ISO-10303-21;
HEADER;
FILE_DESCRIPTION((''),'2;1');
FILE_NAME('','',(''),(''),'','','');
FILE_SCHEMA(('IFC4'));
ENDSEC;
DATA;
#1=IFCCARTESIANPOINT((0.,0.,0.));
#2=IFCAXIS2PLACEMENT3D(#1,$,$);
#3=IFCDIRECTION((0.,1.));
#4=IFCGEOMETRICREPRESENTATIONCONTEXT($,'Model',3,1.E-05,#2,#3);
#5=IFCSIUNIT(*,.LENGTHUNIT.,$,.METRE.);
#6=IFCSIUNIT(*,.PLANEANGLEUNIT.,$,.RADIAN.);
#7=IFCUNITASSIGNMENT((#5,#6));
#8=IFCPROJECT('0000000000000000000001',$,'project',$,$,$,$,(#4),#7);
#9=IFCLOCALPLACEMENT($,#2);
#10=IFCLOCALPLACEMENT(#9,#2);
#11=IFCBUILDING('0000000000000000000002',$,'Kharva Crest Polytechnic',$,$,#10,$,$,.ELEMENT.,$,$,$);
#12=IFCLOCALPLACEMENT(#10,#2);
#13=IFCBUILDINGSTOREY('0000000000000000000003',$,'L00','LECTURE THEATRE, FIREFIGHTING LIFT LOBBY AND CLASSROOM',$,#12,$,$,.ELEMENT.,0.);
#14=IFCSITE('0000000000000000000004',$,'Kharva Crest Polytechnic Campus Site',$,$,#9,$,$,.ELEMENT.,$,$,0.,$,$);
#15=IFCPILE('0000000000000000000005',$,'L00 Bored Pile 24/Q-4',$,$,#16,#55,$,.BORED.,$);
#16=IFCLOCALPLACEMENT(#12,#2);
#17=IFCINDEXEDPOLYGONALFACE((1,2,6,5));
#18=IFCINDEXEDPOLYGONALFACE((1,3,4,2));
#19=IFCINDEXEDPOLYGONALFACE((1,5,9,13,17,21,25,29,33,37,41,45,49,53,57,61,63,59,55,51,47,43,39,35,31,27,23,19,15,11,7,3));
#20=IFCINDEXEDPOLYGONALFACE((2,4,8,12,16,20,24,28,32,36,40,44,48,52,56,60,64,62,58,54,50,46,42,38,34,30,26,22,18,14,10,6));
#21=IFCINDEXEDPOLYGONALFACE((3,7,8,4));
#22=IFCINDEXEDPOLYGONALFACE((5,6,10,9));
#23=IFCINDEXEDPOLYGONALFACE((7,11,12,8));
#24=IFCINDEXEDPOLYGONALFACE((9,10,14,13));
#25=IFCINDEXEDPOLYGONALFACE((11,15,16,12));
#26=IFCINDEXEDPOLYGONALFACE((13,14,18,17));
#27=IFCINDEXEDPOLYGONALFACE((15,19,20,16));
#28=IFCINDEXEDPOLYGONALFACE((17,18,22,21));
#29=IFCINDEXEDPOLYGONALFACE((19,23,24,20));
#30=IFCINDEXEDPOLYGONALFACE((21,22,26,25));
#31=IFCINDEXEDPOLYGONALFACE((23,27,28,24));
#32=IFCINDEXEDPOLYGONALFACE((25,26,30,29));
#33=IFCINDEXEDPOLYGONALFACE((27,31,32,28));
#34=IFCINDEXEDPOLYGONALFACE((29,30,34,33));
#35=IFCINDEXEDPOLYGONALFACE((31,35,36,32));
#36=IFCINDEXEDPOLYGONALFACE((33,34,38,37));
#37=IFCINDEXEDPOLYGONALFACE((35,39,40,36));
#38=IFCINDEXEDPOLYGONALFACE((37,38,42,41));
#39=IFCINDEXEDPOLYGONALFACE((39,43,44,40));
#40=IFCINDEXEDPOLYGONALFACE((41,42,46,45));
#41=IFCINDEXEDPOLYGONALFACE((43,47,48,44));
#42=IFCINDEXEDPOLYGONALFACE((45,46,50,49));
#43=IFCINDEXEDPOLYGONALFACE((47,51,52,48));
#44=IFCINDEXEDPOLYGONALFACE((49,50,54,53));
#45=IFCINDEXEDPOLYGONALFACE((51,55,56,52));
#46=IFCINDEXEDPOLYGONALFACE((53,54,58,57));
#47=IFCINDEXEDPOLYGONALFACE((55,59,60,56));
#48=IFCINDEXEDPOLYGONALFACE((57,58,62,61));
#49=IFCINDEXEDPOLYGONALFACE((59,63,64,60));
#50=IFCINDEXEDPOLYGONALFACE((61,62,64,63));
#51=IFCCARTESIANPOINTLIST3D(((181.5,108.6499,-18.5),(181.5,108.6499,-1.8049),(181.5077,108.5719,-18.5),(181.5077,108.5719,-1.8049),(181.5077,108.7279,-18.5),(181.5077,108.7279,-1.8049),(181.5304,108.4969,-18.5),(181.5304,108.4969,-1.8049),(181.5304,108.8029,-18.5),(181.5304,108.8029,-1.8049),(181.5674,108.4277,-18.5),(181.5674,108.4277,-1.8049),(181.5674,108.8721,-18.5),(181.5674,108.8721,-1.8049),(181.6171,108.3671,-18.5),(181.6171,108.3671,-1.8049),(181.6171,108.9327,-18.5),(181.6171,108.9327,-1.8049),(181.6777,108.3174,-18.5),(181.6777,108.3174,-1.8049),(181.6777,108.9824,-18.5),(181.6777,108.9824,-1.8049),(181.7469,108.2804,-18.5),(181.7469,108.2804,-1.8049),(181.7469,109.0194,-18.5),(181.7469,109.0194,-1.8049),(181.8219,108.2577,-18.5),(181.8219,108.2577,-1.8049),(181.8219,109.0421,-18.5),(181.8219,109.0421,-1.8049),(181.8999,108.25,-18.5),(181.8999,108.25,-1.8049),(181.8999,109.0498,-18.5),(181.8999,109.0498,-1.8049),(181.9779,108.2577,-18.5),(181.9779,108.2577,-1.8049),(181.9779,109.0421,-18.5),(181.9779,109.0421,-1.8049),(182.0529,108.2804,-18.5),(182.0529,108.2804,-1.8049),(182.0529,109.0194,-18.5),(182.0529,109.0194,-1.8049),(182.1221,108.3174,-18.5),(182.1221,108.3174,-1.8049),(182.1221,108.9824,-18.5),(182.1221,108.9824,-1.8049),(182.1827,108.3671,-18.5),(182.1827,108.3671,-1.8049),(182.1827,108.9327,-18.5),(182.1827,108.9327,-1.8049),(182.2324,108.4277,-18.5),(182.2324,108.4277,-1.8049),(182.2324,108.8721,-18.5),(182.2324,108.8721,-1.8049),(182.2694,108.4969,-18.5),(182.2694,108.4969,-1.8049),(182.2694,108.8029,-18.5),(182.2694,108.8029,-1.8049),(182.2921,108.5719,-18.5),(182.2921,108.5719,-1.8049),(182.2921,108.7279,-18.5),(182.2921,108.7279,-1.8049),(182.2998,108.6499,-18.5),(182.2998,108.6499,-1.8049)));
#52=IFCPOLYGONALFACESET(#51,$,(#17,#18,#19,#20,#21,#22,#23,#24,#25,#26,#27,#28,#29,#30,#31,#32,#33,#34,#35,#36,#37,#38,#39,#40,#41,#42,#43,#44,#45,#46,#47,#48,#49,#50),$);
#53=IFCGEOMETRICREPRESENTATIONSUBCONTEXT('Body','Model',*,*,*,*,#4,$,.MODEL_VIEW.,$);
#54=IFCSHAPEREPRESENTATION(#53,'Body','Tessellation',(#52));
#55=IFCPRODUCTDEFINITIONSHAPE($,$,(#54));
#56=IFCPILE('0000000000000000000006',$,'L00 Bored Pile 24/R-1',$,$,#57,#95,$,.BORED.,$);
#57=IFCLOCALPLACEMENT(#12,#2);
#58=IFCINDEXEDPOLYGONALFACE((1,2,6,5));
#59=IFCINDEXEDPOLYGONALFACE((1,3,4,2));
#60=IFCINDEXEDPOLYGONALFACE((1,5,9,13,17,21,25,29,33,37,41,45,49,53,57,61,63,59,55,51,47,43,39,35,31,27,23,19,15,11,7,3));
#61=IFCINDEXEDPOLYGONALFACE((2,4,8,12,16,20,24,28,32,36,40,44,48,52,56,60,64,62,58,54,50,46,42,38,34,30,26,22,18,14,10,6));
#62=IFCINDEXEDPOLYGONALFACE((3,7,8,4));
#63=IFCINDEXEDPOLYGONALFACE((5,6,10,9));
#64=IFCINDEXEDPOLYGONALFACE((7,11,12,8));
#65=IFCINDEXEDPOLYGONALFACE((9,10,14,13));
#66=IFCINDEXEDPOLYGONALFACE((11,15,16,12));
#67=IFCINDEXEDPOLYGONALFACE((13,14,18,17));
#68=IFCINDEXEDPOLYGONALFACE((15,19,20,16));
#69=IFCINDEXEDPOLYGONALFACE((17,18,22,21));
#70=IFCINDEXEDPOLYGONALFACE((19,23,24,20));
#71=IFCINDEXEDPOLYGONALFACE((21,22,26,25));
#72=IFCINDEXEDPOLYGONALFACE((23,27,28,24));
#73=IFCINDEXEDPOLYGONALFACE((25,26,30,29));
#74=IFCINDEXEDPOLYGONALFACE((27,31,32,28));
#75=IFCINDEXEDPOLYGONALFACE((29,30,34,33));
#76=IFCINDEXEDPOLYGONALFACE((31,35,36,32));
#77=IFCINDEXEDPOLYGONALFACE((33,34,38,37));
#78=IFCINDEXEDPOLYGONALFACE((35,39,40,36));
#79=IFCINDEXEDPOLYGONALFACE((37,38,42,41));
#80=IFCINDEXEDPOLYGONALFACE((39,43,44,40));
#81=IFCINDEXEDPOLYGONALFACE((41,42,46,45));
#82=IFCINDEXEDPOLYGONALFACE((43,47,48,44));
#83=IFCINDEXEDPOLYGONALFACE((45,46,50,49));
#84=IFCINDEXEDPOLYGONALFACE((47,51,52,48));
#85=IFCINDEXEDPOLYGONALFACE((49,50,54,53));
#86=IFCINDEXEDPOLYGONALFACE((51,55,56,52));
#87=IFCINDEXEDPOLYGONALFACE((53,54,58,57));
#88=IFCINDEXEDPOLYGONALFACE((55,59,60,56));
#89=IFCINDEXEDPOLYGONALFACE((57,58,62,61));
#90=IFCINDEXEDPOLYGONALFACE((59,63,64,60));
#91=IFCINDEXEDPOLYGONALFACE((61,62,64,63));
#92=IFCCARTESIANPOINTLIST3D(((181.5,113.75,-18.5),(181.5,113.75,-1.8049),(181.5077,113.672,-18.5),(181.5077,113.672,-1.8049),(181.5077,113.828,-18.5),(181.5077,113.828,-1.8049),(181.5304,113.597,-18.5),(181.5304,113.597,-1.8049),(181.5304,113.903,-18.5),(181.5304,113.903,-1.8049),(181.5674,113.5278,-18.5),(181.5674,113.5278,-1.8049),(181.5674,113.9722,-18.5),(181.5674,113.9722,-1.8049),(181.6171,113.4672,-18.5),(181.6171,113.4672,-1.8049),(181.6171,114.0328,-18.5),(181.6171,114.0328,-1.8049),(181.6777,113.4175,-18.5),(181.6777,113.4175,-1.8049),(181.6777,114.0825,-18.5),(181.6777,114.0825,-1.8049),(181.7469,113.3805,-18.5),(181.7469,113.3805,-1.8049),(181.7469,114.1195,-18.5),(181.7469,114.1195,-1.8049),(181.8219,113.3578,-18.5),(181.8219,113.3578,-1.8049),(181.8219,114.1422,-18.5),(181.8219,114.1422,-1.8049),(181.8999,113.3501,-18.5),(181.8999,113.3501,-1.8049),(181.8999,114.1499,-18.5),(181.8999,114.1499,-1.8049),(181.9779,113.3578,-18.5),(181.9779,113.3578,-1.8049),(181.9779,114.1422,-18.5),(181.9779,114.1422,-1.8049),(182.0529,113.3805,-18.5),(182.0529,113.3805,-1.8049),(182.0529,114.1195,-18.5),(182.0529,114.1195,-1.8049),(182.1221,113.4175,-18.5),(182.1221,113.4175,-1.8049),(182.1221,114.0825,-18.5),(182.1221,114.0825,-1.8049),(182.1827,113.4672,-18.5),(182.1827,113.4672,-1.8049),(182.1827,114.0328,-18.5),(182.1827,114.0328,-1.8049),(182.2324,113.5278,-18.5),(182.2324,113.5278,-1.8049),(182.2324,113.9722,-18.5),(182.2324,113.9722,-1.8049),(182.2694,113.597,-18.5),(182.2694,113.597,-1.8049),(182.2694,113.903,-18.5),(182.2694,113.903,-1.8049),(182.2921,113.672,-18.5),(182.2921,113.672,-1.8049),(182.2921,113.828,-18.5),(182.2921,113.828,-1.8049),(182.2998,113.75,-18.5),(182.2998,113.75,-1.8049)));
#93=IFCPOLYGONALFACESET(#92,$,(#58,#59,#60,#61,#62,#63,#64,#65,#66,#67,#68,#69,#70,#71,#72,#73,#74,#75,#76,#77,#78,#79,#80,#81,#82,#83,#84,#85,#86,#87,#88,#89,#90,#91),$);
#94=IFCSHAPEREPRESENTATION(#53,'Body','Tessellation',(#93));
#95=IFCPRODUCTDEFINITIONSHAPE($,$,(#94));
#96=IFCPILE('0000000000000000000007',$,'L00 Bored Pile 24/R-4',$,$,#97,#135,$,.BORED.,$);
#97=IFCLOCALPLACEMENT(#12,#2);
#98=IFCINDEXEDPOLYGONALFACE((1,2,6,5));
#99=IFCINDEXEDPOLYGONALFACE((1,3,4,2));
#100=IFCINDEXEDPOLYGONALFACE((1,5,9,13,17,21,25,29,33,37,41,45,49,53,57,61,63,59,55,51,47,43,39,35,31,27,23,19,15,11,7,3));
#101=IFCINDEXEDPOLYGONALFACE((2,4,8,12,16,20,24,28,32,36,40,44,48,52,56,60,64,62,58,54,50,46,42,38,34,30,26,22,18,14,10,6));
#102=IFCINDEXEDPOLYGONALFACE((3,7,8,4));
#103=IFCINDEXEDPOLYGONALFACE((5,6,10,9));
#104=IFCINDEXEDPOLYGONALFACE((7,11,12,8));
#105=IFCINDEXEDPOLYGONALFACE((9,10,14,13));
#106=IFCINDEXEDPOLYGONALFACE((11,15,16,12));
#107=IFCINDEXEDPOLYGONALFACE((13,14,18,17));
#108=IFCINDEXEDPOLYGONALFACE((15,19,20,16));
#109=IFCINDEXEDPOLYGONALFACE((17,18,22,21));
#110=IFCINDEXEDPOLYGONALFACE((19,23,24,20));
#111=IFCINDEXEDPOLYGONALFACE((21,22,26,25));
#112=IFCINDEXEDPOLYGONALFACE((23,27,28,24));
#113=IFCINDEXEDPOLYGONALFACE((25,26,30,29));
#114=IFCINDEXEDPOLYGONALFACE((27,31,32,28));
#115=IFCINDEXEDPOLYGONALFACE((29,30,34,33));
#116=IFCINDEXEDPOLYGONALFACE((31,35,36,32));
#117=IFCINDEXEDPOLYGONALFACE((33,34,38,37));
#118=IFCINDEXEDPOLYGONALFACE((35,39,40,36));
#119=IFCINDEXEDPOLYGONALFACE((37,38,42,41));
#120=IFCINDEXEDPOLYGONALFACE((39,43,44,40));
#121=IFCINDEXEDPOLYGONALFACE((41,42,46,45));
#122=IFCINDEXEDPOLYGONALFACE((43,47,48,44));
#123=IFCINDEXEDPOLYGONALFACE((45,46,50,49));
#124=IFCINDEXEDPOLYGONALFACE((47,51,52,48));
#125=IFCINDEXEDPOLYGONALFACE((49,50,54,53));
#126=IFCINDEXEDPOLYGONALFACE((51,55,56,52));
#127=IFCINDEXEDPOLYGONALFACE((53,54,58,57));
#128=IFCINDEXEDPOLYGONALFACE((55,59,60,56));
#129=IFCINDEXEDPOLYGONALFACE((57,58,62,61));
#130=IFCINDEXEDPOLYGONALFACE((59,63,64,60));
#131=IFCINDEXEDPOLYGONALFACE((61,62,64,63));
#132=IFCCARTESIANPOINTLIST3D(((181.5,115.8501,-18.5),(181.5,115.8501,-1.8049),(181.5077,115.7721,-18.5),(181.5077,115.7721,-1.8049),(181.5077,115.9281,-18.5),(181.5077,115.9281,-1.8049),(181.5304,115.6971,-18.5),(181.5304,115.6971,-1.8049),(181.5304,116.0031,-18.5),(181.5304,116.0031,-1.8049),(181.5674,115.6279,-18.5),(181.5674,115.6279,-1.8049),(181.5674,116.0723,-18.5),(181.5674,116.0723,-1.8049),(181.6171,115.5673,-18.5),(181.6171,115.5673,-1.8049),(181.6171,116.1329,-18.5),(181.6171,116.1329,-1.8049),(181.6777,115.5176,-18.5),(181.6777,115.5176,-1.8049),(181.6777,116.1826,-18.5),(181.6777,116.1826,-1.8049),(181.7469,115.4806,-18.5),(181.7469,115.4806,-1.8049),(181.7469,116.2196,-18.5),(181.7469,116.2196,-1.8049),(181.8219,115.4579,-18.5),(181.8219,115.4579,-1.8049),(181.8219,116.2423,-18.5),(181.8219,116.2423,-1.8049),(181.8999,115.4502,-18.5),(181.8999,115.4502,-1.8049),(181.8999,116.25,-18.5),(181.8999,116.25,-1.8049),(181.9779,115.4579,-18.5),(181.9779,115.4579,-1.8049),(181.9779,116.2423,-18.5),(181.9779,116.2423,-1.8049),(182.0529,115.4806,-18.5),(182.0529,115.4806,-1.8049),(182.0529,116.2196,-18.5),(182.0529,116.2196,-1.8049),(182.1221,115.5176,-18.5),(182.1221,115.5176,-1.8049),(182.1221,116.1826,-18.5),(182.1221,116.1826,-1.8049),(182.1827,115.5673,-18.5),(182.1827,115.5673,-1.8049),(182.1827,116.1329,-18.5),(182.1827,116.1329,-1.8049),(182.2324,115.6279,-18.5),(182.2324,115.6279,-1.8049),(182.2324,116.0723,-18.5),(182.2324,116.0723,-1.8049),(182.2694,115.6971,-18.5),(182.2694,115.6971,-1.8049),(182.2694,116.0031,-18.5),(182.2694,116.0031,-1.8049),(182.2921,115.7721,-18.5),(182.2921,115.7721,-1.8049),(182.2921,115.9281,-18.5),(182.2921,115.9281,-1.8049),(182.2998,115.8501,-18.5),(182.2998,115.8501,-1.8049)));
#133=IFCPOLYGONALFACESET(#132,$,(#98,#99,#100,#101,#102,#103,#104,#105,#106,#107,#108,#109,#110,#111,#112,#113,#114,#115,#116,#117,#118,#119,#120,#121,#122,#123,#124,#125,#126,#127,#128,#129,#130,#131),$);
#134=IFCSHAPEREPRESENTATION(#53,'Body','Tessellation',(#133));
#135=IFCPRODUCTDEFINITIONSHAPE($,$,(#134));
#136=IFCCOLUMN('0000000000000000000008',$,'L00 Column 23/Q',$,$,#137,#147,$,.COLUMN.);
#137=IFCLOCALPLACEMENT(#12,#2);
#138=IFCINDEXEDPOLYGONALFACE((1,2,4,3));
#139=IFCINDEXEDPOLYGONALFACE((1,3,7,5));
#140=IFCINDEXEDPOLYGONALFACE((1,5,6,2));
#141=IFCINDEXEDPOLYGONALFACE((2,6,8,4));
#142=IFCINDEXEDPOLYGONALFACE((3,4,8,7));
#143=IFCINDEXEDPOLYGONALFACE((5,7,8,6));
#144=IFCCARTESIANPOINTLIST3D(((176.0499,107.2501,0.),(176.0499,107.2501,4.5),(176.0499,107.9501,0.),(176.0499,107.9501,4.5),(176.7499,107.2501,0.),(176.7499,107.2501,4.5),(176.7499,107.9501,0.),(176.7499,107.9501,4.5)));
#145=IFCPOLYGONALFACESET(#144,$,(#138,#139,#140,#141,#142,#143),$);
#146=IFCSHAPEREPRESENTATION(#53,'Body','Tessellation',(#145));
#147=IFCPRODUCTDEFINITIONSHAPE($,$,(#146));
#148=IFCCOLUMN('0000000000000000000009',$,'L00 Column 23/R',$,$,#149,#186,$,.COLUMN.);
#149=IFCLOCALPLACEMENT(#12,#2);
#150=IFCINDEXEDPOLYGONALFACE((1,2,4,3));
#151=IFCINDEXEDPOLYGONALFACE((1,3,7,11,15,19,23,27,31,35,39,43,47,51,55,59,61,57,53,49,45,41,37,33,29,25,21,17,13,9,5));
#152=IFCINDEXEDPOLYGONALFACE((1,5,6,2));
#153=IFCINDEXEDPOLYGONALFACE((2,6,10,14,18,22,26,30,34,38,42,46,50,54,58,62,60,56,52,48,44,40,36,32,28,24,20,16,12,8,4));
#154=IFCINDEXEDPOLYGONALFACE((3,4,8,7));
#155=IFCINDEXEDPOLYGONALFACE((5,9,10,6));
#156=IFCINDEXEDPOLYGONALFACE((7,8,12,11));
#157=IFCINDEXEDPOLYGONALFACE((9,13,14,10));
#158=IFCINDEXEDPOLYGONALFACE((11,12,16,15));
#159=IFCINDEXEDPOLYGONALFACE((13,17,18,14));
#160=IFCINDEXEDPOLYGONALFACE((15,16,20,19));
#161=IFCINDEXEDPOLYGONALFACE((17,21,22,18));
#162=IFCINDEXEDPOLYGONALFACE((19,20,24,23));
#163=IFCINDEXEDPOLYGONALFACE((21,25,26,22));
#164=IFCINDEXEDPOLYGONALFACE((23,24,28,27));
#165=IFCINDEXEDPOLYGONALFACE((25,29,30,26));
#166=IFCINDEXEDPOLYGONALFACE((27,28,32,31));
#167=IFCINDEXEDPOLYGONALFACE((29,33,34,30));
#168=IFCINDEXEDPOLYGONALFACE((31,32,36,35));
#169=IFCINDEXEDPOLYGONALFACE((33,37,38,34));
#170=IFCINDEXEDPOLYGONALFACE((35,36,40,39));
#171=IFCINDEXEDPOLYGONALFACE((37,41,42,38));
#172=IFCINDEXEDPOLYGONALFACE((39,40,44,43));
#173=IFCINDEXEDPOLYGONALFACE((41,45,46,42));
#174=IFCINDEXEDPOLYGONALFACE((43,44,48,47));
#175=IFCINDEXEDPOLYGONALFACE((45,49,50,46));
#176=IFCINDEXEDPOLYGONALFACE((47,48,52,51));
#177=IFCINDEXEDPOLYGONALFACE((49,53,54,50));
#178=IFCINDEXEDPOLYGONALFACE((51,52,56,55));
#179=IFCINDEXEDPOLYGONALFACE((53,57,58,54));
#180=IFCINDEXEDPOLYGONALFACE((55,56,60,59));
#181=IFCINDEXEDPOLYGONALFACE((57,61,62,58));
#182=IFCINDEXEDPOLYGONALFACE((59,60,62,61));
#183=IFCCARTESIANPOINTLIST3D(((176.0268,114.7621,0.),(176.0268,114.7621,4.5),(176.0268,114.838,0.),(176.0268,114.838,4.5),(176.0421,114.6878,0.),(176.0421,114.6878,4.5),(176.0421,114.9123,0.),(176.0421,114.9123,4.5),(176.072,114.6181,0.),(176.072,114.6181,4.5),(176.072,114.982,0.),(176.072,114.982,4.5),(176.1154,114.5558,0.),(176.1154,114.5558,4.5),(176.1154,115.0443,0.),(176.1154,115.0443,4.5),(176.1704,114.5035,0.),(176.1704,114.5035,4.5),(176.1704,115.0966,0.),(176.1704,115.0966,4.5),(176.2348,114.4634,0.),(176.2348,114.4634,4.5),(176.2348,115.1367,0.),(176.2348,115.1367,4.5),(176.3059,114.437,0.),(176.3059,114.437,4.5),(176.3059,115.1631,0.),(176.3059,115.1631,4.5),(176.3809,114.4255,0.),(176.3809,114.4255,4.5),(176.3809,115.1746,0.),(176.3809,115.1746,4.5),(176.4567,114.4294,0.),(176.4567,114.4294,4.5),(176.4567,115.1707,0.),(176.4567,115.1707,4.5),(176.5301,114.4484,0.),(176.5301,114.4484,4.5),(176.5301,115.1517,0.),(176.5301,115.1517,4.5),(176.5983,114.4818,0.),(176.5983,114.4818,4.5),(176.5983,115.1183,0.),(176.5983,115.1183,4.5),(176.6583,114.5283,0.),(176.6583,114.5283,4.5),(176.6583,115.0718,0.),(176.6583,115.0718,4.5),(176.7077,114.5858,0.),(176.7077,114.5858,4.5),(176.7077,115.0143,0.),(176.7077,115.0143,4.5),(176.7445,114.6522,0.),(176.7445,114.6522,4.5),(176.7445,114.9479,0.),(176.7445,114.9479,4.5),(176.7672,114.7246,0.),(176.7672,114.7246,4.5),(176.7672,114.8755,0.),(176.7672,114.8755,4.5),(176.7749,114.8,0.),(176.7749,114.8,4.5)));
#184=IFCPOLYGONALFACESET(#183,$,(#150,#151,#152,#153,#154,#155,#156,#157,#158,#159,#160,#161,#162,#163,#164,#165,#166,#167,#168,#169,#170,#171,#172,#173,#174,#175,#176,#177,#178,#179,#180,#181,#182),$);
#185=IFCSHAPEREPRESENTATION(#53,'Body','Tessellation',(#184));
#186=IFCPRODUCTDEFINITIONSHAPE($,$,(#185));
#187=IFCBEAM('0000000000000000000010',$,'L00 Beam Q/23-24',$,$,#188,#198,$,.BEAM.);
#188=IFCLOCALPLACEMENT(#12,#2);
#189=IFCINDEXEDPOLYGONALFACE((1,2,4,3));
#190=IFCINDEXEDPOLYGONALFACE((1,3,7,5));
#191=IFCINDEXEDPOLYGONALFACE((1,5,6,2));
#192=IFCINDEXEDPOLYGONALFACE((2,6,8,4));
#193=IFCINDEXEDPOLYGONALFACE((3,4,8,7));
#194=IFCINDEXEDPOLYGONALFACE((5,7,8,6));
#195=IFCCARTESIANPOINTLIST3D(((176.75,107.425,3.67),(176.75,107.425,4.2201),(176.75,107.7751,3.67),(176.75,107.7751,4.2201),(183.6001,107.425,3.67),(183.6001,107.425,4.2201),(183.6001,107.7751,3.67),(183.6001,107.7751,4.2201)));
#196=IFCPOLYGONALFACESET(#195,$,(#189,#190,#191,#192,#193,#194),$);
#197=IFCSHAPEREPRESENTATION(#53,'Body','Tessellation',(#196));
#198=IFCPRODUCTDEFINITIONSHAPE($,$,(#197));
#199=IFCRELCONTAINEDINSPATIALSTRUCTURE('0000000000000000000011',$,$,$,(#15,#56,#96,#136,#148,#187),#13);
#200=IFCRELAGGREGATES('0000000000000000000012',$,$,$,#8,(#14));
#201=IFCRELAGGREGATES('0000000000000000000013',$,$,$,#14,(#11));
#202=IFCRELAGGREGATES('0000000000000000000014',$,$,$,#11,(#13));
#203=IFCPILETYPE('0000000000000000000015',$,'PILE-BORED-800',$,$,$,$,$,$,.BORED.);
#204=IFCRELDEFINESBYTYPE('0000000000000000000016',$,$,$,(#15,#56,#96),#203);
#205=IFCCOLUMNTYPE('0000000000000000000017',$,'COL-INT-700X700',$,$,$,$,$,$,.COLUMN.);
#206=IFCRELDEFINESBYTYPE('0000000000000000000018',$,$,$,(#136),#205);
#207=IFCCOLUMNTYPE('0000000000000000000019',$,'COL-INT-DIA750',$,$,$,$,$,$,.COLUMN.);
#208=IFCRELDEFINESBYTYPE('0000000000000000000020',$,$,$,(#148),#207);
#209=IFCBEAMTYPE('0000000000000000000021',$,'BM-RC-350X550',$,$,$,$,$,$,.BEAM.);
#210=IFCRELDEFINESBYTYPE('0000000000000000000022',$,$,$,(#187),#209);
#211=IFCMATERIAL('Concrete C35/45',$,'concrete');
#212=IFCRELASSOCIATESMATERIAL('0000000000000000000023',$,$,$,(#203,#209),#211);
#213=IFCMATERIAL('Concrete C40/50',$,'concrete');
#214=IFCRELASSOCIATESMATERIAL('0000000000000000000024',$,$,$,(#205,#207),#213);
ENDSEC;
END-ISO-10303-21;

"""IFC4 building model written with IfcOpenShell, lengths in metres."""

from ifc_helpers import new_model, si_unit, direction, frame, origin, origin_2d, place, context, subcontext, project, spatial, rectangle, circle, extrude, material, material_profile, profile_set, type_object, element, save


model = new_model("IFC4")

# Units and contexts
model_context = context("Model", 3, precision=1e-05, world=origin(), true_north=direction((0.0, 1.0)))
body_context = subcontext(model_context, "Body", "Model", "MODEL_VIEW")
ifc_project = project(units=[si_unit("LENGTHUNIT", "METRE"), si_unit("PLANEANGLEUNIT", "RADIAN")], contexts=[model_context])

# Site, building, storey
site_placement = place(None, origin())
site = spatial("IfcSite", under=ifc_project, at=site_placement, Name="Kharva Crest Polytechnic Campus Site", CompositionType="ELEMENT", RefElevation=0.0)
building_placement = place(site_placement, origin())
building = spatial("IfcBuilding", under=site, at=building_placement, Name="Kharva Crest Polytechnic", CompositionType="ELEMENT")
storey_placement = place(building_placement, origin())
storey = spatial("IfcBuildingStorey", under=building, at=storey_placement, Name="L00", Description="LECTURE THEATRE, FIREFIGHTING LIFT LOBBY AND CLASSROOM", CompositionType="ELEMENT", Elevation=0.0)

# Shared definitions
ifc_material_1 = material(Name="Concrete C35/45", Category="concrete")

# Piles
ifc_material_profile_1 = material_profile(ifc_material_1, circle(Radius=0.3999, at=origin_2d()), Name="DIA 800")
ifc_profile_set_1 = profile_set([ifc_material_profile_1], Name="Concrete C35/45")
pile_type = type_object("IfcPileType", Name="PILE-BORED-800", PredefinedType="BORED", material=ifc_profile_set_1)
for number, where, z_axis, x_axis, name in (
    (1, (181.8999, 108.6499, -1.8049), (0.0, 0.0, -1.0), (1.0, 0.0, 0.0), "L00 Bored Pile 24/Q-4"),
    (2, (181.8999, 113.75, -1.8049), (0.0, 0.0, -1.0), (1.0, 0.0, 0.0), "L00 Bored Pile 24/R-1"),
    (3, (181.8999, 115.8501, -1.8049), (0.0, 0.0, -1.0), (1.0, 0.0, 0.0), "L00 Bored Pile 24/R-4"),
):
    element("IfcPile", number, at=place(storey_placement, frame(where, z_axis=z_axis, x_axis=x_axis)), inside=storey, type_object=pile_type, Name=name, PredefinedType="BORED", context=body_context, shape_type="SweptSolid", body=[
        extrude(circle(Radius=0.3999, at=origin_2d()), origin(), (0.0, 0.0, 1.0), 16.6951),
    ])

# Columns
ifc_material_2 = material(Name="Concrete C40/50", Category="concrete")
ifc_material_profile_2 = material_profile(ifc_material_2, rectangle(XDim=0.7, YDim=0.7, at=origin_2d()), Name="RECT 700 X 700")
ifc_profile_set_2 = profile_set([ifc_material_profile_2], Name="Concrete C40/50")
column_type_1 = type_object("IfcColumnType", Name="COL-INT-700X700", PredefinedType="COLUMN", material=ifc_profile_set_2)
column_1_placement = place(storey_placement, frame((176.3999, 107.6001, 0.0), z_axis=(0.0, 0.0, 1.0), x_axis=(1.0, 0.0, 0.0)))
element("IfcColumn", 4, at=column_1_placement, inside=storey, type_object=column_type_1, Name="L00 Column 23/Q", PredefinedType="COLUMN", context=body_context, shape_type="SweptSolid", body=[
    extrude(rectangle(XDim=0.7, YDim=0.7, at=origin_2d()), origin(), (0.0, 0.0, 1.0), 4.5),
])
ifc_material_profile_3 = material_profile(ifc_material_2, circle(Radius=0.375, at=origin_2d()), Name="DIA 750")
ifc_profile_set_3 = profile_set([ifc_material_profile_3], Name="Concrete C40/50")
column_type_2 = type_object("IfcColumnType", Name="COL-INT-DIA750", PredefinedType="COLUMN", material=ifc_profile_set_3)
column_2_placement = place(storey_placement, frame((176.3999, 114.8, 0.0), z_axis=(0.0, 0.0, 1.0), x_axis=(1.0, 0.0, 0.0)))
element("IfcColumn", 5, at=column_2_placement, inside=storey, type_object=column_type_2, Name="L00 Column 23/R", PredefinedType="COLUMN", context=body_context, shape_type="SweptSolid", body=[
    extrude(circle(Radius=0.375, at=origin_2d()), origin(), (0.0, 0.0, 1.0), 4.5),
])

# Beam
ifc_material_profile_4 = material_profile(ifc_material_1, rectangle(XDim=0.3501, YDim=0.55, at=origin_2d()), Name="RECT 350 X 550")
ifc_profile_set_4 = profile_set([ifc_material_profile_4], Name="Concrete C35/45")
beam_type_1 = type_object("IfcBeamType", Name="BM-RC-350X550", PredefinedType="BEAM", material=ifc_profile_set_4)
beam_1_placement = place(storey_placement, frame((176.75, 107.6001, 3.9451), z_axis=(1.0, 0.0, 0.0), x_axis=(0.0, 1.0, 0.0)))
element("IfcBeam", 6, at=beam_1_placement, inside=storey, type_object=beam_type_1, Name="L00 Beam Q/23-24", PredefinedType="BEAM", context=body_context, shape_type="SweptSolid", body=[
    extrude(rectangle(XDim=0.3501, YDim=0.55, at=origin_2d()), origin(), (0.0, 0.0, 1.0), 6.8501),
])

save(model, "model.ifc")
